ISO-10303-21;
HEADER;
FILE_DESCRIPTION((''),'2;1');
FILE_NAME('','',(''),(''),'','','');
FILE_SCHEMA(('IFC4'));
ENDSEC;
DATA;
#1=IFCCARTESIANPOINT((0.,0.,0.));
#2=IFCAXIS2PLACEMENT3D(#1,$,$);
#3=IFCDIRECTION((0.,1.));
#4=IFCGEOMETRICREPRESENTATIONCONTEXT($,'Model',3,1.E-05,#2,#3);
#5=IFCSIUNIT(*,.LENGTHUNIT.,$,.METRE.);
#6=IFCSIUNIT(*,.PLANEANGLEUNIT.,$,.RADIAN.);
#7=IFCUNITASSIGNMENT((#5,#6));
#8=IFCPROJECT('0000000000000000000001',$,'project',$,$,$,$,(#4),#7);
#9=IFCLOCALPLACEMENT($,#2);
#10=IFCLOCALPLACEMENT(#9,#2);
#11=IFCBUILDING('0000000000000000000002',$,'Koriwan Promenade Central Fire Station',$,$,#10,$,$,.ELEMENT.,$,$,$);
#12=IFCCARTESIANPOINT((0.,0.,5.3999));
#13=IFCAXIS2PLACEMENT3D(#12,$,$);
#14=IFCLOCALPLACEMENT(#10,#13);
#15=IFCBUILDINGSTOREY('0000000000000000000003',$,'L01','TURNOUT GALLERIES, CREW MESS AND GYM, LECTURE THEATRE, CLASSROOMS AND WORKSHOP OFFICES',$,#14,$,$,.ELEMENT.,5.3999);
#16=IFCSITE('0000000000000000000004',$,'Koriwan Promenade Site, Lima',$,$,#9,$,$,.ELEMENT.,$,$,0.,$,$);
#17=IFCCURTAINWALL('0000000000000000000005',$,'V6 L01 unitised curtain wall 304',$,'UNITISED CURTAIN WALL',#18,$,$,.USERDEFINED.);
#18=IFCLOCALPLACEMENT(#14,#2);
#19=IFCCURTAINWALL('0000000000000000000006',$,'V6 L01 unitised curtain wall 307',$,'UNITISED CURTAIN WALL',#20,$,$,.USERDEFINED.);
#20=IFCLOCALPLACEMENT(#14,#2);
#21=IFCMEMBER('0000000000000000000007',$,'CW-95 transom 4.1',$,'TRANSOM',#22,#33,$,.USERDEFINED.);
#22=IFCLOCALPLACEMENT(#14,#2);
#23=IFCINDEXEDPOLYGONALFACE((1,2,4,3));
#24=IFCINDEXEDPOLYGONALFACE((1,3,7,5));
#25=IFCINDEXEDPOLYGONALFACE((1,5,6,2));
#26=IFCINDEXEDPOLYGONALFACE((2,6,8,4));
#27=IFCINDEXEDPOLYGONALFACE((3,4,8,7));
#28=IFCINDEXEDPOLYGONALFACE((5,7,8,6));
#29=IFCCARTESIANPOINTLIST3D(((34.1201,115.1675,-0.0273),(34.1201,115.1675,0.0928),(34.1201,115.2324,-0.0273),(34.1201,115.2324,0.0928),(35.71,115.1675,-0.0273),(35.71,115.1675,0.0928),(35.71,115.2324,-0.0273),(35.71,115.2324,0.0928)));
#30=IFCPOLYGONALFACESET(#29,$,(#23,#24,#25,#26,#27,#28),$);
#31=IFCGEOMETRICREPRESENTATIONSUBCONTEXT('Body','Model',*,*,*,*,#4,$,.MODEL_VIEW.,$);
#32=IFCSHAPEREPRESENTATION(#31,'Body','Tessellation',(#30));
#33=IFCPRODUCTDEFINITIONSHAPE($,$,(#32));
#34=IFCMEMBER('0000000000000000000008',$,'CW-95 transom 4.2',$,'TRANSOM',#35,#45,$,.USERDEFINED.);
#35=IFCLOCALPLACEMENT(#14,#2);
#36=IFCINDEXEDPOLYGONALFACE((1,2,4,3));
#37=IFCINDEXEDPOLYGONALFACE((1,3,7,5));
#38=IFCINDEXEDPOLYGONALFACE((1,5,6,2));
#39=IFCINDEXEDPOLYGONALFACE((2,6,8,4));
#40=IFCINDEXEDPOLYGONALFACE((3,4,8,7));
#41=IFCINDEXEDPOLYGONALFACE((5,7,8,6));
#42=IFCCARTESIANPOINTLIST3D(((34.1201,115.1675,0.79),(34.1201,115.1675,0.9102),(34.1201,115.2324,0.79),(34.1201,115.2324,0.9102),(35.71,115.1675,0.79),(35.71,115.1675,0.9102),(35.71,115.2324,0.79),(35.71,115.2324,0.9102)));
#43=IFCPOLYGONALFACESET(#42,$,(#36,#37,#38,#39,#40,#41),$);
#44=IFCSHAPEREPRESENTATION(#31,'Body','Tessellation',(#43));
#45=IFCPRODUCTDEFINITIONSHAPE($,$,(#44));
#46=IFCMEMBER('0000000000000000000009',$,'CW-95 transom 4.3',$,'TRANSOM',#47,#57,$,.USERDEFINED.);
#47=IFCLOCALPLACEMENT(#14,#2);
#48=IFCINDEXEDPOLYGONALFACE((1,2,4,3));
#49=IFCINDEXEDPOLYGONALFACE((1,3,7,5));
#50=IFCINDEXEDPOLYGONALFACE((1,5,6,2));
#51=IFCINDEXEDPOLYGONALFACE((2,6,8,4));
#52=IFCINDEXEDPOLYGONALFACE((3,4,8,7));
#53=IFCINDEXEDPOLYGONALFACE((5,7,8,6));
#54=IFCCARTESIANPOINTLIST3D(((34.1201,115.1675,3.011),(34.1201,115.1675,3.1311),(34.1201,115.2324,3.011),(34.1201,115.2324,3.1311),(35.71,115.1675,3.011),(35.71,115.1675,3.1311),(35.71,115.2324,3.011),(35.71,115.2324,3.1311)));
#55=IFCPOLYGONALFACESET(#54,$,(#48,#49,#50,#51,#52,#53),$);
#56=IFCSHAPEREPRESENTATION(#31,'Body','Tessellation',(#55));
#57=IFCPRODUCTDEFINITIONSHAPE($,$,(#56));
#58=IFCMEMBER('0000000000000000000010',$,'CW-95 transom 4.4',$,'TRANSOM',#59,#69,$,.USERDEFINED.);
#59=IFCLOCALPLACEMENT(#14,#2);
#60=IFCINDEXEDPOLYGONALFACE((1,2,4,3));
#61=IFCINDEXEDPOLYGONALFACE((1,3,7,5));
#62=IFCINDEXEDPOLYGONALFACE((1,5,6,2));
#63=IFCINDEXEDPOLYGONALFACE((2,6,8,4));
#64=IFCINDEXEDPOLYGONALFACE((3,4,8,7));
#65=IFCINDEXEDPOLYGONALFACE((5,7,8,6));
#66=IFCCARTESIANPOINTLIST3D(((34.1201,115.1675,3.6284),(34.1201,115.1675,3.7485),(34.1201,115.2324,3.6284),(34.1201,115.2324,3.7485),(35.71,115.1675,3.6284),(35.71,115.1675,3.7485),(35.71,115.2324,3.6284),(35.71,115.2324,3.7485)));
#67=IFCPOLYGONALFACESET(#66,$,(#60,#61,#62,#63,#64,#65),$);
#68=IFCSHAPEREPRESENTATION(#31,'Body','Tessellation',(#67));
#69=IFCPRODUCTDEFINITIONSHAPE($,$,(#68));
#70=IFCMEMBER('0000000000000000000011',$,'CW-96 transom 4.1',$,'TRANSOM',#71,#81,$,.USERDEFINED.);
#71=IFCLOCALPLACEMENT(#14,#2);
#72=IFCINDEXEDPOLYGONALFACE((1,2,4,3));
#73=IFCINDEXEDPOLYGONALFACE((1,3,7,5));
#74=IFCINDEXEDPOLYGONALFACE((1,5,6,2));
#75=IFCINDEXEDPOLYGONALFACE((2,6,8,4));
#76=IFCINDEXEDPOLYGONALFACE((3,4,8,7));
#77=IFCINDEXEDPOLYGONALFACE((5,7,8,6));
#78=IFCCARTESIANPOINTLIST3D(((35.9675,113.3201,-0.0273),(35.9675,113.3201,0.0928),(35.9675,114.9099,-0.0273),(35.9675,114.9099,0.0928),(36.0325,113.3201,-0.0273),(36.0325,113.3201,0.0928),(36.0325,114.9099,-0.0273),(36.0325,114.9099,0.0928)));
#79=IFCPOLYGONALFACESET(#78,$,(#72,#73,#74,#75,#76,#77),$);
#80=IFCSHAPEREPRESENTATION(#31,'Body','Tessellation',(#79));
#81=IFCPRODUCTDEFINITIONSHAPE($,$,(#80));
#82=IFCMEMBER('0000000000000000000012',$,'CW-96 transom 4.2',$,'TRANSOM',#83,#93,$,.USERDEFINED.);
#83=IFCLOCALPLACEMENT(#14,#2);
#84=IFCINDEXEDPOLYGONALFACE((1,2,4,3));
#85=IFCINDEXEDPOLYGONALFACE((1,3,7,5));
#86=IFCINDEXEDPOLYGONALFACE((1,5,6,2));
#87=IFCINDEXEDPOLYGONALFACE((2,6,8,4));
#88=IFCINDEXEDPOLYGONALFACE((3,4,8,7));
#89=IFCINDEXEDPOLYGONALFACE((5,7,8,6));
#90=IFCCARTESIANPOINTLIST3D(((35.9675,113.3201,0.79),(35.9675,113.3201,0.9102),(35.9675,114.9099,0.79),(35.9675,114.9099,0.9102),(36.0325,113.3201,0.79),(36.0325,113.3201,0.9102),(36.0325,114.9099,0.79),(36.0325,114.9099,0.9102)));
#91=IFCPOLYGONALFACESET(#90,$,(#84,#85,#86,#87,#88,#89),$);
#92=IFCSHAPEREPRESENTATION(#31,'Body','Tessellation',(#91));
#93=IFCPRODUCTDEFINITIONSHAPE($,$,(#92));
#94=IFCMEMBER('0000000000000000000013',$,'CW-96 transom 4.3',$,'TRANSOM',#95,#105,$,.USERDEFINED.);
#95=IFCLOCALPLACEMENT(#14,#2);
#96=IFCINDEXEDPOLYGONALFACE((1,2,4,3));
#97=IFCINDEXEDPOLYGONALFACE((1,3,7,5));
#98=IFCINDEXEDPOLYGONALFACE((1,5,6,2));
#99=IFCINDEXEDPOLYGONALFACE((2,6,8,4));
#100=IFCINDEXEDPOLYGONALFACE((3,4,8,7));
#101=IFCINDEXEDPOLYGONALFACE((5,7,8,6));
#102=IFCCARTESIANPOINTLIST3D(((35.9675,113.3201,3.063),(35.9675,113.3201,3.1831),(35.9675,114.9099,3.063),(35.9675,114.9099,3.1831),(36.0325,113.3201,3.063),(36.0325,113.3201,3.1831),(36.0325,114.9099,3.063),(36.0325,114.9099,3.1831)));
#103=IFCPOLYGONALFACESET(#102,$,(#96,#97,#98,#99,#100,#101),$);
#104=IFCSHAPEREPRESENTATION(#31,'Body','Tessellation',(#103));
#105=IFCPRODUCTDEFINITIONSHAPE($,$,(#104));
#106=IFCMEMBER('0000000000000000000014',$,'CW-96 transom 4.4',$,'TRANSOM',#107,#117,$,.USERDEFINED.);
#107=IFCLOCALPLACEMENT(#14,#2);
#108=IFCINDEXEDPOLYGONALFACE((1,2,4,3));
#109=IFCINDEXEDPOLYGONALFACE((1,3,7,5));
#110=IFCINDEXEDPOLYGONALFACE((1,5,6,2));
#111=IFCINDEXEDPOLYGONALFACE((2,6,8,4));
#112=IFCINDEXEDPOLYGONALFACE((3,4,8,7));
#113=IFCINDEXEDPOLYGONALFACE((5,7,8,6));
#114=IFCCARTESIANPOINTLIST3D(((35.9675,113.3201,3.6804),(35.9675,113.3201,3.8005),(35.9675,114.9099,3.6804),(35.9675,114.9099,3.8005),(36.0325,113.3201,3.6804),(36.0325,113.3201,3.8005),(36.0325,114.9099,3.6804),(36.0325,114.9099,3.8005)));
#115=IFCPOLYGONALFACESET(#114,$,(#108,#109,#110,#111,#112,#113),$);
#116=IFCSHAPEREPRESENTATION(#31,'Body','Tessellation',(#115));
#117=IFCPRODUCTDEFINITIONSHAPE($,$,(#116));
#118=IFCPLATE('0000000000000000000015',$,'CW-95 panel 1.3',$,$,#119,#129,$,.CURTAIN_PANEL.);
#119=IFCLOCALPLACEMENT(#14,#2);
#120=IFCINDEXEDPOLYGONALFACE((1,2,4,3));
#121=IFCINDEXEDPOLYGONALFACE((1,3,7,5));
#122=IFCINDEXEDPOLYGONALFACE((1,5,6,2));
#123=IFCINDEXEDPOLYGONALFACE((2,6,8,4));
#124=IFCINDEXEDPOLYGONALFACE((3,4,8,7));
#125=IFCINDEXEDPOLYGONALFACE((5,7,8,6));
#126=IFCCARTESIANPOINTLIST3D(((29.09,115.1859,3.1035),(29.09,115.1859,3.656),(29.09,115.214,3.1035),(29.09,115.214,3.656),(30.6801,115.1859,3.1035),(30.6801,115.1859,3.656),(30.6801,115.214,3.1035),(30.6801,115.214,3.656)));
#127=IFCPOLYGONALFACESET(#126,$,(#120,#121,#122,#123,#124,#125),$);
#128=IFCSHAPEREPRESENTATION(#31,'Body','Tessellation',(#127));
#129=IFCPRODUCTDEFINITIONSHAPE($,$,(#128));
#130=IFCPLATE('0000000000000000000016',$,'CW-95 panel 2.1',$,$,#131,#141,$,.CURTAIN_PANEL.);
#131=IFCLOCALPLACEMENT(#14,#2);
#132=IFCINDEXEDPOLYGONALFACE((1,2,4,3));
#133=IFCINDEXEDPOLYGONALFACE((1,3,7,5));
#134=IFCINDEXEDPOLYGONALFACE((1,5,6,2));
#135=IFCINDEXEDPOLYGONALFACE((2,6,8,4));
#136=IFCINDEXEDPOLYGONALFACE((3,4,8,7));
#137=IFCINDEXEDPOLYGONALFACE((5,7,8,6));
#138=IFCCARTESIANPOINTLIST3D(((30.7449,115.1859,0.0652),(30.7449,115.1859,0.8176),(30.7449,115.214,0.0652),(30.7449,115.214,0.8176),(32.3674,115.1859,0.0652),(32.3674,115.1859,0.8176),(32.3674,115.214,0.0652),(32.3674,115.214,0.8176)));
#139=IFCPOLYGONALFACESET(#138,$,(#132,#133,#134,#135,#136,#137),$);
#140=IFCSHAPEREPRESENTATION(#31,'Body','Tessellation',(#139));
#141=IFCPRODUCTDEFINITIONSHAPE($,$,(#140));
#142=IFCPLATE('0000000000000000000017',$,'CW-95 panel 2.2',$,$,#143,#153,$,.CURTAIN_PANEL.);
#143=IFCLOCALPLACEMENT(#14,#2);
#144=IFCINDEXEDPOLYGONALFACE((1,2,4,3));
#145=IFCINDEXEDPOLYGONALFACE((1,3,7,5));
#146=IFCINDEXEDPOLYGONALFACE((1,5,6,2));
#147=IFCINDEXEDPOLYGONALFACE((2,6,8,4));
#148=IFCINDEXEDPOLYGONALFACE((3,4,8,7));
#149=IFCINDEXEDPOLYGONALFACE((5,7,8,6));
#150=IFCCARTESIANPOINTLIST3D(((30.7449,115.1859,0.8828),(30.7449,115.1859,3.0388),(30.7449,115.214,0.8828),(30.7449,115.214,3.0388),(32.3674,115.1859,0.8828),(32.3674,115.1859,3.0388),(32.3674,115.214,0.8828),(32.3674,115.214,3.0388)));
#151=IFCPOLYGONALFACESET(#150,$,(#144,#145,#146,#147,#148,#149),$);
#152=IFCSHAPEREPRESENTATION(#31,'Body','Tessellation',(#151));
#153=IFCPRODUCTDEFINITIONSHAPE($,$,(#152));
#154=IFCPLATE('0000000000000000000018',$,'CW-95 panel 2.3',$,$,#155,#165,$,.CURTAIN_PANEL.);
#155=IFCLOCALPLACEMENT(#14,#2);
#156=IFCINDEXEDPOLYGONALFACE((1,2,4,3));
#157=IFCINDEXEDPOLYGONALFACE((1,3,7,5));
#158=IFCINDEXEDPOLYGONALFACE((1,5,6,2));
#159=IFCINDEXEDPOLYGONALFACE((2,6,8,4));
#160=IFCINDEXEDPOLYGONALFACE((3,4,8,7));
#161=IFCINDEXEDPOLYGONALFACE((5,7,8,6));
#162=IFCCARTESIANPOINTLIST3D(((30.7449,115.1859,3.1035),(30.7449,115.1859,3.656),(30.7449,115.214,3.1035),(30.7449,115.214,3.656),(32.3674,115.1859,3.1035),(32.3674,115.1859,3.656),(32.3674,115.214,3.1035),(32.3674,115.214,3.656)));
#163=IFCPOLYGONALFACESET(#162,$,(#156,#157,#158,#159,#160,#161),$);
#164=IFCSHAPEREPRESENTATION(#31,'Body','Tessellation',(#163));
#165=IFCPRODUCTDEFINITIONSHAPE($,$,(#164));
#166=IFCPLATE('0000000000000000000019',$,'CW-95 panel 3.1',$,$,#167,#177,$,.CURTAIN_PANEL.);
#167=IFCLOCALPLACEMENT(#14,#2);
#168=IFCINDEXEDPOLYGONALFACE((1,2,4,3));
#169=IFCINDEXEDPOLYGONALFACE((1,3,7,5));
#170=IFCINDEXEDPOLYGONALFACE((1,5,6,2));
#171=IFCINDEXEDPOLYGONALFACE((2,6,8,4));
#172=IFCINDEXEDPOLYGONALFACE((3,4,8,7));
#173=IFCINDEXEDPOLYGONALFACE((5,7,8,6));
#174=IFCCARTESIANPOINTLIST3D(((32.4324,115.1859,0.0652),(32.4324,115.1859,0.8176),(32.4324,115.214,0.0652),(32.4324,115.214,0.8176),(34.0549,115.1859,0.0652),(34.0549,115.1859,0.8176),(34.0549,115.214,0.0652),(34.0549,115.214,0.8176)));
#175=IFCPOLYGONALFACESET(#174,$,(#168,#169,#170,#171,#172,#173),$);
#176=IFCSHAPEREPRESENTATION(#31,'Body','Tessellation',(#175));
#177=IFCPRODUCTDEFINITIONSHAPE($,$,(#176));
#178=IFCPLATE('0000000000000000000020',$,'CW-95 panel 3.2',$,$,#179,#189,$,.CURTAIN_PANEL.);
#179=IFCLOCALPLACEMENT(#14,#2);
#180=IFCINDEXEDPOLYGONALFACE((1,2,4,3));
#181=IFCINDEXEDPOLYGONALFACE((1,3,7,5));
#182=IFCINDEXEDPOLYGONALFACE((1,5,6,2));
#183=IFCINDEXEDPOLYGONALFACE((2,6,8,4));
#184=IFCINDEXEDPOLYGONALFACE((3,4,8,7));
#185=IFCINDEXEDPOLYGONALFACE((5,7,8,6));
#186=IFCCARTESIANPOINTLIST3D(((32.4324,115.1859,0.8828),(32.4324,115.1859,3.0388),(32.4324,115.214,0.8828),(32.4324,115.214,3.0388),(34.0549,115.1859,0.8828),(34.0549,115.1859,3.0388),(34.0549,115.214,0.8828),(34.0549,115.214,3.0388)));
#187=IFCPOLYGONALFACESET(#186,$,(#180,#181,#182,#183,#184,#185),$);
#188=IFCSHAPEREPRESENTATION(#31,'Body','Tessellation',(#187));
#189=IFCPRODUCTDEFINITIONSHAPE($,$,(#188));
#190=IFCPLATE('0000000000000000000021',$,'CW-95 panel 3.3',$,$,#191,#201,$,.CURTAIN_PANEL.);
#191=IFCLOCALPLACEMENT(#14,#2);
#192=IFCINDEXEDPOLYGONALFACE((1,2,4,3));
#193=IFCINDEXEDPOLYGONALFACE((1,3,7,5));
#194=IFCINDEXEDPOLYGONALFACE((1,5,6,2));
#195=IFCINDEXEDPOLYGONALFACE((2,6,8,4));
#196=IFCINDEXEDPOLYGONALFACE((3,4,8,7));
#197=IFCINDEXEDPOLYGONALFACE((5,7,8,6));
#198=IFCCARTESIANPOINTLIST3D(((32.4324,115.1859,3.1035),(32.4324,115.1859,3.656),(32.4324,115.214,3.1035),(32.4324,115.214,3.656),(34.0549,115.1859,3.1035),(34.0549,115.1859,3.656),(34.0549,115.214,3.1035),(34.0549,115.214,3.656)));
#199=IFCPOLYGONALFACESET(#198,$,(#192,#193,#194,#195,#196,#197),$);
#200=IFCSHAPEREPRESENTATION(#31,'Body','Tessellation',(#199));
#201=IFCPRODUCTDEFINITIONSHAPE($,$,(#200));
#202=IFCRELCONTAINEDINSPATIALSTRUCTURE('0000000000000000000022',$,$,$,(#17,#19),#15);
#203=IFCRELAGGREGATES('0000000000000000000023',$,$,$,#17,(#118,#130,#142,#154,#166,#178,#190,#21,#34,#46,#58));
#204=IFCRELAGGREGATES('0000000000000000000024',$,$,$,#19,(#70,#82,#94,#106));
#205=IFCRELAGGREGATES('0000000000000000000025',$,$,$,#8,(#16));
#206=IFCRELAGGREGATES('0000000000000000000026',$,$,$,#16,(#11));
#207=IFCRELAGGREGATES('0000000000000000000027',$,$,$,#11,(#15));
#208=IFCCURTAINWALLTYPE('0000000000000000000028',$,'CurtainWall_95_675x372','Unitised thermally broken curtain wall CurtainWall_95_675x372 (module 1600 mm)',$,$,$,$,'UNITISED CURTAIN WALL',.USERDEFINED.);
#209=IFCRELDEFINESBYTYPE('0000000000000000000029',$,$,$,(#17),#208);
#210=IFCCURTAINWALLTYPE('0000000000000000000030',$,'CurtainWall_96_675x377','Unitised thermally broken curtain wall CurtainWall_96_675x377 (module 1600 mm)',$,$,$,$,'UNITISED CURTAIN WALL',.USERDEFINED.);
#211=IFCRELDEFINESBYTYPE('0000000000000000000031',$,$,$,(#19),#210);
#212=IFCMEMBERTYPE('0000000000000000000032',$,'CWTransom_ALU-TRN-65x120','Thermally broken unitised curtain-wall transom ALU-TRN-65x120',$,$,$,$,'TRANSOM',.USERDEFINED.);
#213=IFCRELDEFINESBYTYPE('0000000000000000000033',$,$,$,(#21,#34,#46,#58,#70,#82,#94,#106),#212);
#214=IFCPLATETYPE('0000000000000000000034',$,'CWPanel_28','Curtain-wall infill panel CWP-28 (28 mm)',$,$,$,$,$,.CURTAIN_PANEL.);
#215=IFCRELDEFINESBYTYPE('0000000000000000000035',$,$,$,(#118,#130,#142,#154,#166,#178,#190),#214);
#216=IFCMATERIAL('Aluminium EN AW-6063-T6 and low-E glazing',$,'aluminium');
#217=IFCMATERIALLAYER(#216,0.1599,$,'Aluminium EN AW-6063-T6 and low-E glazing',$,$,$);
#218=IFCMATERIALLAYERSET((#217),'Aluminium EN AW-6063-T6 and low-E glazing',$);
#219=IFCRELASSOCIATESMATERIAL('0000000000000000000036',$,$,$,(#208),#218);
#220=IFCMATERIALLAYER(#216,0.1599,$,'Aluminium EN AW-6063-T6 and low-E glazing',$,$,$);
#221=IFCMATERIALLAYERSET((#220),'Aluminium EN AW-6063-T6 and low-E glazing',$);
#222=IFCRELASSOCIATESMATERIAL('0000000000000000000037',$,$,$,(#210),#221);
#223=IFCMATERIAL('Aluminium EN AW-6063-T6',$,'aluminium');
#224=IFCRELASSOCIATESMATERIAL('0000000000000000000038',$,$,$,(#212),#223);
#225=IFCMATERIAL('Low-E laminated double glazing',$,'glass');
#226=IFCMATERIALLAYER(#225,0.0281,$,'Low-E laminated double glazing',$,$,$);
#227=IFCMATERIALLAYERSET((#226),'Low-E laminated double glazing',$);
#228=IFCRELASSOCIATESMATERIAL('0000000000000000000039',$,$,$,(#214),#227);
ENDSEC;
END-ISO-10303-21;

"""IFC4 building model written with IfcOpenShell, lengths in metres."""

from ifc_helpers import new_model, si_unit, direction, frame, origin, origin_2d, place, context, subcontext, project, spatial, rectangle, extrude, material, layer, layer_set, material_profile, profile_set, type_object, element, aggregate, save


model = new_model("IFC4")

# Units and contexts
model_context = context("Model", 3, precision=1e-05, world=origin(), true_north=direction((0.0, 1.0)))
body_context = subcontext(model_context, "Body", "Model", "MODEL_VIEW")
ifc_project = project(units=[si_unit("LENGTHUNIT", "METRE"), si_unit("PLANEANGLEUNIT", "RADIAN")], contexts=[model_context])

# Site, building, storey
site_placement = place(None, origin())
site = spatial("IfcSite", under=ifc_project, at=site_placement, Name="Koriwan Promenade Site, Lima", CompositionType="ELEMENT", RefElevation=0.0)
building_placement = place(site_placement, origin())
building = spatial("IfcBuilding", under=site, at=building_placement, Name="Koriwan Promenade Central Fire Station", CompositionType="ELEMENT")
storey_placement = place(building_placement, frame((0.0, 0.0, 5.3999)))
storey = spatial("IfcBuildingStorey", under=building, at=storey_placement, Name="L01", Description="TURNOUT GALLERIES, CREW MESS AND GYM, LECTURE THEATRE, CLASSROOMS AND WORKSHOP OFFICES", CompositionType="ELEMENT", Elevation=5.3999)

# Curtain wall
ifc_material_1 = material(Name="Aluminium EN AW-6063-T6 and low-E glazing", Category="aluminium")
ifc_layer_1 = layer(ifc_material_1, 0.1599, Name="Aluminium EN AW-6063-T6 and low-E glazing")
ifc_layer_set_1 = layer_set([ifc_layer_1], Name="Aluminium EN AW-6063-T6 and low-E glazing")
curtain_wall_type_1 = type_object("IfcCurtainWallType", Name="CurtainWall_95_675x372", Description="Unitised thermally broken curtain wall CurtainWall_95_675x372 (module 1600 mm)", ElementType="UNITISED CURTAIN WALL", PredefinedType="USERDEFINED", material=ifc_layer_set_1)
curtain_wall_1_placement = place(storey_placement, origin())
curtain_wall_1 = element("IfcCurtainWall", 1, at=curtain_wall_1_placement, inside=storey, type_object=curtain_wall_type_1, Name="V6 L01 unitised curtain wall 304", ObjectType="UNITISED CURTAIN WALL", PredefinedType="USERDEFINED")
ifc_material_2 = material(Name="Aluminium EN AW-6063-T6", Category="aluminium")

# Curtain wall
ifc_layer_2 = layer(ifc_material_1, 0.1599, Name="Aluminium EN AW-6063-T6 and low-E glazing")
ifc_layer_set_2 = layer_set([ifc_layer_2], Name="Aluminium EN AW-6063-T6 and low-E glazing")
curtain_wall_type_2 = type_object("IfcCurtainWallType", Name="CurtainWall_96_675x377", Description="Unitised thermally broken curtain wall CurtainWall_96_675x377 (module 1600 mm)", ElementType="UNITISED CURTAIN WALL", PredefinedType="USERDEFINED", material=ifc_layer_set_2)
curtain_wall_2_placement = place(storey_placement, origin())
curtain_wall_2 = element("IfcCurtainWall", 2, at=curtain_wall_2_placement, inside=storey, type_object=curtain_wall_type_2, Name="V6 L01 unitised curtain wall 307", ObjectType="UNITISED CURTAIN WALL", PredefinedType="USERDEFINED")

# Members
ifc_material_profile_1 = material_profile(ifc_material_2, rectangle(XDim=0.0649, YDim=0.1201, at=origin_2d()), Name="ALU-TRN-65x120")
ifc_profile_set_1 = profile_set([ifc_material_profile_1], Name="Aluminium EN AW-6063-T6")
member_type_1 = type_object("IfcMemberType", Name="CWTransom_ALU-TRN-65x120", Description="Thermally broken unitised curtain-wall transom ALU-TRN-65x120", ElementType="TRANSOM", PredefinedType="USERDEFINED", material=ifc_profile_set_1)
member_1_placement = place(storey_placement, frame((34.1201, 115.2, 0.0327), z_axis=(1.0, 0.0, 0.0), x_axis=(0.0, 1.0, 0.0)))
member_1 = element("IfcMember", 3, at=member_1_placement, type_object=member_type_1, Name="CW-95 transom 4.1", ObjectType="TRANSOM", PredefinedType="USERDEFINED", context=body_context, shape_type="SweptSolid", body=[
    extrude(rectangle(XDim=0.0649, YDim=0.1201, at=origin_2d()), origin(), (0.0, 0.0, 1.0), 1.5898),
])
member_2_placement = place(storey_placement, frame((34.1201, 115.2, 0.8501), z_axis=(1.0, 0.0, 0.0), x_axis=(0.0, 1.0, 0.0)))
member_2 = element("IfcMember", 4, at=member_2_placement, type_object=member_type_1, Name="CW-95 transom 4.2", ObjectType="TRANSOM", PredefinedType="USERDEFINED", context=body_context, shape_type="SweptSolid", body=[
    extrude(rectangle(XDim=0.0649, YDim=0.1201, at=origin_2d()), origin(), (0.0, 0.0, 1.0), 1.5898),
])
member_3_placement = place(storey_placement, frame((34.1201, 115.2, 3.071), z_axis=(1.0, 0.0, 0.0), x_axis=(0.0, 1.0, 0.0)))
member_3 = element("IfcMember", 5, at=member_3_placement, type_object=member_type_1, Name="CW-95 transom 4.3", ObjectType="TRANSOM", PredefinedType="USERDEFINED", context=body_context, shape_type="SweptSolid", body=[
    extrude(rectangle(XDim=0.0649, YDim=0.1201, at=origin_2d()), origin(), (0.0, 0.0, 1.0), 1.5898),
])
member_4_placement = place(storey_placement, frame((34.1201, 115.2, 3.6885), z_axis=(1.0, 0.0, 0.0), x_axis=(0.0, 1.0, 0.0)))
member_4 = element("IfcMember", 6, at=member_4_placement, type_object=member_type_1, Name="CW-95 transom 4.4", ObjectType="TRANSOM", PredefinedType="USERDEFINED", context=body_context, shape_type="SweptSolid", body=[
    extrude(rectangle(XDim=0.0649, YDim=0.1201, at=origin_2d()), origin(), (0.0, 0.0, 1.0), 1.5898),
])
member_5_placement = place(storey_placement, frame((36.0, 113.3201, 0.0327), z_axis=(0.0, 1.0, 0.0), x_axis=(-1.0, 0.0, 0.0)))
member_5 = element("IfcMember", 7, at=member_5_placement, type_object=member_type_1, Name="CW-96 transom 4.1", ObjectType="TRANSOM", PredefinedType="USERDEFINED", context=body_context, shape_type="SweptSolid", body=[
    extrude(rectangle(XDim=0.0649, YDim=0.1201, at=origin_2d()), origin(), (0.0, 0.0, 1.0), 1.5898),
])
member_6_placement = place(storey_placement, frame((36.0, 113.3201, 0.8501), z_axis=(0.0, 1.0, 0.0), x_axis=(-1.0, 0.0, 0.0)))
member_6 = element("IfcMember", 8, at=member_6_placement, type_object=member_type_1, Name="CW-96 transom 4.2", ObjectType="TRANSOM", PredefinedType="USERDEFINED", context=body_context, shape_type="SweptSolid", body=[
    extrude(rectangle(XDim=0.0649, YDim=0.1201, at=origin_2d()), origin(), (0.0, 0.0, 1.0), 1.5898),
])
member_7_placement = place(storey_placement, frame((36.0, 113.3201, 3.123), z_axis=(0.0, 1.0, 0.0), x_axis=(-1.0, 0.0, 0.0)))
member_7 = element("IfcMember", 9, at=member_7_placement, type_object=member_type_1, Name="CW-96 transom 4.3", ObjectType="TRANSOM", PredefinedType="USERDEFINED", context=body_context, shape_type="SweptSolid", body=[
    extrude(rectangle(XDim=0.0649, YDim=0.1201, at=origin_2d()), origin(), (0.0, 0.0, 1.0), 1.5898),
])
member_8_placement = place(storey_placement, frame((36.0, 113.3201, 3.7405), z_axis=(0.0, 1.0, 0.0), x_axis=(-1.0, 0.0, 0.0)))
member_8 = element("IfcMember", 10, at=member_8_placement, type_object=member_type_1, Name="CW-96 transom 4.4", ObjectType="TRANSOM", PredefinedType="USERDEFINED", context=body_context, shape_type="SweptSolid", body=[
    extrude(rectangle(XDim=0.0649, YDim=0.1201, at=origin_2d()), origin(), (0.0, 0.0, 1.0), 1.5898),
])

# Plates
ifc_material_3 = material(Name="Low-E laminated double glazing", Category="glass")
ifc_layer_3 = layer(ifc_material_3, 0.0281, Name="Low-E laminated double glazing")
ifc_layer_set_3 = layer_set([ifc_layer_3], Name="Low-E laminated double glazing")
plate_type = type_object("IfcPlateType", Name="CWPanel_28", Description="Curtain-wall infill panel CWP-28 (28 mm)", PredefinedType="CURTAIN_PANEL", material=ifc_layer_set_3)
plate_1_placement = place(storey_placement, frame((29.885, 115.2, 3.1035), z_axis=(0.0, 0.0, 1.0), x_axis=(1.0, 0.0, 0.0)))
plate_1 = element("IfcPlate", 11, at=plate_1_placement, type_object=plate_type, Name="CW-95 panel 1.3", PredefinedType="CURTAIN_PANEL", context=body_context, shape_type="SweptSolid", body=[
    extrude(rectangle(XDim=1.5901, YDim=0.0281, at=origin_2d()), origin(), (0.0, 0.0, 1.0), 0.5525),
])
plate_2_placement = place(storey_placement, frame((31.5562, 115.2, 0.0652), z_axis=(0.0, 0.0, 1.0), x_axis=(1.0, 0.0, 0.0)))
plate_2 = element("IfcPlate", 12, at=plate_2_placement, type_object=plate_type, Name="CW-95 panel 2.1", PredefinedType="CURTAIN_PANEL", context=body_context, shape_type="SweptSolid", body=[
    extrude(rectangle(XDim=1.6226, YDim=0.0281, at=origin_2d()), origin(), (0.0, 0.0, 1.0), 0.7524),
])
plate_3_placement = place(storey_placement, frame((31.5562, 115.2, 0.8828), z_axis=(0.0, 0.0, 1.0), x_axis=(1.0, 0.0, 0.0)))
plate_3 = element("IfcPlate", 13, at=plate_3_placement, type_object=plate_type, Name="CW-95 panel 2.2", PredefinedType="CURTAIN_PANEL", context=body_context, shape_type="SweptSolid", body=[
    extrude(rectangle(XDim=1.6226, YDim=0.0281, at=origin_2d()), origin(), (0.0, 0.0, 1.0), 2.156),
])
plate_4_placement = place(storey_placement, frame((31.5562, 115.2, 3.1035), z_axis=(0.0, 0.0, 1.0), x_axis=(1.0, 0.0, 0.0)))
plate_4 = element("IfcPlate", 14, at=plate_4_placement, type_object=plate_type, Name="CW-95 panel 2.3", PredefinedType="CURTAIN_PANEL", context=body_context, shape_type="SweptSolid", body=[
    extrude(rectangle(XDim=1.6226, YDim=0.0281, at=origin_2d()), origin(), (0.0, 0.0, 1.0), 0.5525),
])
plate_5_placement = place(storey_placement, frame((33.2437, 115.2, 0.0652), z_axis=(0.0, 0.0, 1.0), x_axis=(1.0, 0.0, 0.0)))
plate_5 = element("IfcPlate", 15, at=plate_5_placement, type_object=plate_type, Name="CW-95 panel 3.1", PredefinedType="CURTAIN_PANEL", context=body_context, shape_type="SweptSolid", body=[
    extrude(rectangle(XDim=1.6226, YDim=0.0281, at=origin_2d()), origin(), (0.0, 0.0, 1.0), 0.7524),
])
plate_6_placement = place(storey_placement, frame((33.2437, 115.2, 0.8828), z_axis=(0.0, 0.0, 1.0), x_axis=(1.0, 0.0, 0.0)))
plate_6 = element("IfcPlate", 16, at=plate_6_placement, type_object=plate_type, Name="CW-95 panel 3.2", PredefinedType="CURTAIN_PANEL", context=body_context, shape_type="SweptSolid", body=[
    extrude(rectangle(XDim=1.6226, YDim=0.0281, at=origin_2d()), origin(), (0.0, 0.0, 1.0), 2.156),
])
plate_7_placement = place(storey_placement, frame((33.2437, 115.2, 3.1035), z_axis=(0.0, 0.0, 1.0), x_axis=(1.0, 0.0, 0.0)))
plate_7 = element("IfcPlate", 17, at=plate_7_placement, type_object=plate_type, Name="CW-95 panel 3.3", PredefinedType="CURTAIN_PANEL", context=body_context, shape_type="SweptSolid", body=[
    extrude(rectangle(XDim=1.6226, YDim=0.0281, at=origin_2d()), origin(), (0.0, 0.0, 1.0), 0.5525),
])
aggregate(curtain_wall_1, [plate_1, plate_2, plate_3, plate_4, plate_5, plate_6, plate_7, member_1, member_2, member_3, member_4])
aggregate(curtain_wall_2, [member_5, member_6, member_7, member_8])

save(model, "model.ifc")
